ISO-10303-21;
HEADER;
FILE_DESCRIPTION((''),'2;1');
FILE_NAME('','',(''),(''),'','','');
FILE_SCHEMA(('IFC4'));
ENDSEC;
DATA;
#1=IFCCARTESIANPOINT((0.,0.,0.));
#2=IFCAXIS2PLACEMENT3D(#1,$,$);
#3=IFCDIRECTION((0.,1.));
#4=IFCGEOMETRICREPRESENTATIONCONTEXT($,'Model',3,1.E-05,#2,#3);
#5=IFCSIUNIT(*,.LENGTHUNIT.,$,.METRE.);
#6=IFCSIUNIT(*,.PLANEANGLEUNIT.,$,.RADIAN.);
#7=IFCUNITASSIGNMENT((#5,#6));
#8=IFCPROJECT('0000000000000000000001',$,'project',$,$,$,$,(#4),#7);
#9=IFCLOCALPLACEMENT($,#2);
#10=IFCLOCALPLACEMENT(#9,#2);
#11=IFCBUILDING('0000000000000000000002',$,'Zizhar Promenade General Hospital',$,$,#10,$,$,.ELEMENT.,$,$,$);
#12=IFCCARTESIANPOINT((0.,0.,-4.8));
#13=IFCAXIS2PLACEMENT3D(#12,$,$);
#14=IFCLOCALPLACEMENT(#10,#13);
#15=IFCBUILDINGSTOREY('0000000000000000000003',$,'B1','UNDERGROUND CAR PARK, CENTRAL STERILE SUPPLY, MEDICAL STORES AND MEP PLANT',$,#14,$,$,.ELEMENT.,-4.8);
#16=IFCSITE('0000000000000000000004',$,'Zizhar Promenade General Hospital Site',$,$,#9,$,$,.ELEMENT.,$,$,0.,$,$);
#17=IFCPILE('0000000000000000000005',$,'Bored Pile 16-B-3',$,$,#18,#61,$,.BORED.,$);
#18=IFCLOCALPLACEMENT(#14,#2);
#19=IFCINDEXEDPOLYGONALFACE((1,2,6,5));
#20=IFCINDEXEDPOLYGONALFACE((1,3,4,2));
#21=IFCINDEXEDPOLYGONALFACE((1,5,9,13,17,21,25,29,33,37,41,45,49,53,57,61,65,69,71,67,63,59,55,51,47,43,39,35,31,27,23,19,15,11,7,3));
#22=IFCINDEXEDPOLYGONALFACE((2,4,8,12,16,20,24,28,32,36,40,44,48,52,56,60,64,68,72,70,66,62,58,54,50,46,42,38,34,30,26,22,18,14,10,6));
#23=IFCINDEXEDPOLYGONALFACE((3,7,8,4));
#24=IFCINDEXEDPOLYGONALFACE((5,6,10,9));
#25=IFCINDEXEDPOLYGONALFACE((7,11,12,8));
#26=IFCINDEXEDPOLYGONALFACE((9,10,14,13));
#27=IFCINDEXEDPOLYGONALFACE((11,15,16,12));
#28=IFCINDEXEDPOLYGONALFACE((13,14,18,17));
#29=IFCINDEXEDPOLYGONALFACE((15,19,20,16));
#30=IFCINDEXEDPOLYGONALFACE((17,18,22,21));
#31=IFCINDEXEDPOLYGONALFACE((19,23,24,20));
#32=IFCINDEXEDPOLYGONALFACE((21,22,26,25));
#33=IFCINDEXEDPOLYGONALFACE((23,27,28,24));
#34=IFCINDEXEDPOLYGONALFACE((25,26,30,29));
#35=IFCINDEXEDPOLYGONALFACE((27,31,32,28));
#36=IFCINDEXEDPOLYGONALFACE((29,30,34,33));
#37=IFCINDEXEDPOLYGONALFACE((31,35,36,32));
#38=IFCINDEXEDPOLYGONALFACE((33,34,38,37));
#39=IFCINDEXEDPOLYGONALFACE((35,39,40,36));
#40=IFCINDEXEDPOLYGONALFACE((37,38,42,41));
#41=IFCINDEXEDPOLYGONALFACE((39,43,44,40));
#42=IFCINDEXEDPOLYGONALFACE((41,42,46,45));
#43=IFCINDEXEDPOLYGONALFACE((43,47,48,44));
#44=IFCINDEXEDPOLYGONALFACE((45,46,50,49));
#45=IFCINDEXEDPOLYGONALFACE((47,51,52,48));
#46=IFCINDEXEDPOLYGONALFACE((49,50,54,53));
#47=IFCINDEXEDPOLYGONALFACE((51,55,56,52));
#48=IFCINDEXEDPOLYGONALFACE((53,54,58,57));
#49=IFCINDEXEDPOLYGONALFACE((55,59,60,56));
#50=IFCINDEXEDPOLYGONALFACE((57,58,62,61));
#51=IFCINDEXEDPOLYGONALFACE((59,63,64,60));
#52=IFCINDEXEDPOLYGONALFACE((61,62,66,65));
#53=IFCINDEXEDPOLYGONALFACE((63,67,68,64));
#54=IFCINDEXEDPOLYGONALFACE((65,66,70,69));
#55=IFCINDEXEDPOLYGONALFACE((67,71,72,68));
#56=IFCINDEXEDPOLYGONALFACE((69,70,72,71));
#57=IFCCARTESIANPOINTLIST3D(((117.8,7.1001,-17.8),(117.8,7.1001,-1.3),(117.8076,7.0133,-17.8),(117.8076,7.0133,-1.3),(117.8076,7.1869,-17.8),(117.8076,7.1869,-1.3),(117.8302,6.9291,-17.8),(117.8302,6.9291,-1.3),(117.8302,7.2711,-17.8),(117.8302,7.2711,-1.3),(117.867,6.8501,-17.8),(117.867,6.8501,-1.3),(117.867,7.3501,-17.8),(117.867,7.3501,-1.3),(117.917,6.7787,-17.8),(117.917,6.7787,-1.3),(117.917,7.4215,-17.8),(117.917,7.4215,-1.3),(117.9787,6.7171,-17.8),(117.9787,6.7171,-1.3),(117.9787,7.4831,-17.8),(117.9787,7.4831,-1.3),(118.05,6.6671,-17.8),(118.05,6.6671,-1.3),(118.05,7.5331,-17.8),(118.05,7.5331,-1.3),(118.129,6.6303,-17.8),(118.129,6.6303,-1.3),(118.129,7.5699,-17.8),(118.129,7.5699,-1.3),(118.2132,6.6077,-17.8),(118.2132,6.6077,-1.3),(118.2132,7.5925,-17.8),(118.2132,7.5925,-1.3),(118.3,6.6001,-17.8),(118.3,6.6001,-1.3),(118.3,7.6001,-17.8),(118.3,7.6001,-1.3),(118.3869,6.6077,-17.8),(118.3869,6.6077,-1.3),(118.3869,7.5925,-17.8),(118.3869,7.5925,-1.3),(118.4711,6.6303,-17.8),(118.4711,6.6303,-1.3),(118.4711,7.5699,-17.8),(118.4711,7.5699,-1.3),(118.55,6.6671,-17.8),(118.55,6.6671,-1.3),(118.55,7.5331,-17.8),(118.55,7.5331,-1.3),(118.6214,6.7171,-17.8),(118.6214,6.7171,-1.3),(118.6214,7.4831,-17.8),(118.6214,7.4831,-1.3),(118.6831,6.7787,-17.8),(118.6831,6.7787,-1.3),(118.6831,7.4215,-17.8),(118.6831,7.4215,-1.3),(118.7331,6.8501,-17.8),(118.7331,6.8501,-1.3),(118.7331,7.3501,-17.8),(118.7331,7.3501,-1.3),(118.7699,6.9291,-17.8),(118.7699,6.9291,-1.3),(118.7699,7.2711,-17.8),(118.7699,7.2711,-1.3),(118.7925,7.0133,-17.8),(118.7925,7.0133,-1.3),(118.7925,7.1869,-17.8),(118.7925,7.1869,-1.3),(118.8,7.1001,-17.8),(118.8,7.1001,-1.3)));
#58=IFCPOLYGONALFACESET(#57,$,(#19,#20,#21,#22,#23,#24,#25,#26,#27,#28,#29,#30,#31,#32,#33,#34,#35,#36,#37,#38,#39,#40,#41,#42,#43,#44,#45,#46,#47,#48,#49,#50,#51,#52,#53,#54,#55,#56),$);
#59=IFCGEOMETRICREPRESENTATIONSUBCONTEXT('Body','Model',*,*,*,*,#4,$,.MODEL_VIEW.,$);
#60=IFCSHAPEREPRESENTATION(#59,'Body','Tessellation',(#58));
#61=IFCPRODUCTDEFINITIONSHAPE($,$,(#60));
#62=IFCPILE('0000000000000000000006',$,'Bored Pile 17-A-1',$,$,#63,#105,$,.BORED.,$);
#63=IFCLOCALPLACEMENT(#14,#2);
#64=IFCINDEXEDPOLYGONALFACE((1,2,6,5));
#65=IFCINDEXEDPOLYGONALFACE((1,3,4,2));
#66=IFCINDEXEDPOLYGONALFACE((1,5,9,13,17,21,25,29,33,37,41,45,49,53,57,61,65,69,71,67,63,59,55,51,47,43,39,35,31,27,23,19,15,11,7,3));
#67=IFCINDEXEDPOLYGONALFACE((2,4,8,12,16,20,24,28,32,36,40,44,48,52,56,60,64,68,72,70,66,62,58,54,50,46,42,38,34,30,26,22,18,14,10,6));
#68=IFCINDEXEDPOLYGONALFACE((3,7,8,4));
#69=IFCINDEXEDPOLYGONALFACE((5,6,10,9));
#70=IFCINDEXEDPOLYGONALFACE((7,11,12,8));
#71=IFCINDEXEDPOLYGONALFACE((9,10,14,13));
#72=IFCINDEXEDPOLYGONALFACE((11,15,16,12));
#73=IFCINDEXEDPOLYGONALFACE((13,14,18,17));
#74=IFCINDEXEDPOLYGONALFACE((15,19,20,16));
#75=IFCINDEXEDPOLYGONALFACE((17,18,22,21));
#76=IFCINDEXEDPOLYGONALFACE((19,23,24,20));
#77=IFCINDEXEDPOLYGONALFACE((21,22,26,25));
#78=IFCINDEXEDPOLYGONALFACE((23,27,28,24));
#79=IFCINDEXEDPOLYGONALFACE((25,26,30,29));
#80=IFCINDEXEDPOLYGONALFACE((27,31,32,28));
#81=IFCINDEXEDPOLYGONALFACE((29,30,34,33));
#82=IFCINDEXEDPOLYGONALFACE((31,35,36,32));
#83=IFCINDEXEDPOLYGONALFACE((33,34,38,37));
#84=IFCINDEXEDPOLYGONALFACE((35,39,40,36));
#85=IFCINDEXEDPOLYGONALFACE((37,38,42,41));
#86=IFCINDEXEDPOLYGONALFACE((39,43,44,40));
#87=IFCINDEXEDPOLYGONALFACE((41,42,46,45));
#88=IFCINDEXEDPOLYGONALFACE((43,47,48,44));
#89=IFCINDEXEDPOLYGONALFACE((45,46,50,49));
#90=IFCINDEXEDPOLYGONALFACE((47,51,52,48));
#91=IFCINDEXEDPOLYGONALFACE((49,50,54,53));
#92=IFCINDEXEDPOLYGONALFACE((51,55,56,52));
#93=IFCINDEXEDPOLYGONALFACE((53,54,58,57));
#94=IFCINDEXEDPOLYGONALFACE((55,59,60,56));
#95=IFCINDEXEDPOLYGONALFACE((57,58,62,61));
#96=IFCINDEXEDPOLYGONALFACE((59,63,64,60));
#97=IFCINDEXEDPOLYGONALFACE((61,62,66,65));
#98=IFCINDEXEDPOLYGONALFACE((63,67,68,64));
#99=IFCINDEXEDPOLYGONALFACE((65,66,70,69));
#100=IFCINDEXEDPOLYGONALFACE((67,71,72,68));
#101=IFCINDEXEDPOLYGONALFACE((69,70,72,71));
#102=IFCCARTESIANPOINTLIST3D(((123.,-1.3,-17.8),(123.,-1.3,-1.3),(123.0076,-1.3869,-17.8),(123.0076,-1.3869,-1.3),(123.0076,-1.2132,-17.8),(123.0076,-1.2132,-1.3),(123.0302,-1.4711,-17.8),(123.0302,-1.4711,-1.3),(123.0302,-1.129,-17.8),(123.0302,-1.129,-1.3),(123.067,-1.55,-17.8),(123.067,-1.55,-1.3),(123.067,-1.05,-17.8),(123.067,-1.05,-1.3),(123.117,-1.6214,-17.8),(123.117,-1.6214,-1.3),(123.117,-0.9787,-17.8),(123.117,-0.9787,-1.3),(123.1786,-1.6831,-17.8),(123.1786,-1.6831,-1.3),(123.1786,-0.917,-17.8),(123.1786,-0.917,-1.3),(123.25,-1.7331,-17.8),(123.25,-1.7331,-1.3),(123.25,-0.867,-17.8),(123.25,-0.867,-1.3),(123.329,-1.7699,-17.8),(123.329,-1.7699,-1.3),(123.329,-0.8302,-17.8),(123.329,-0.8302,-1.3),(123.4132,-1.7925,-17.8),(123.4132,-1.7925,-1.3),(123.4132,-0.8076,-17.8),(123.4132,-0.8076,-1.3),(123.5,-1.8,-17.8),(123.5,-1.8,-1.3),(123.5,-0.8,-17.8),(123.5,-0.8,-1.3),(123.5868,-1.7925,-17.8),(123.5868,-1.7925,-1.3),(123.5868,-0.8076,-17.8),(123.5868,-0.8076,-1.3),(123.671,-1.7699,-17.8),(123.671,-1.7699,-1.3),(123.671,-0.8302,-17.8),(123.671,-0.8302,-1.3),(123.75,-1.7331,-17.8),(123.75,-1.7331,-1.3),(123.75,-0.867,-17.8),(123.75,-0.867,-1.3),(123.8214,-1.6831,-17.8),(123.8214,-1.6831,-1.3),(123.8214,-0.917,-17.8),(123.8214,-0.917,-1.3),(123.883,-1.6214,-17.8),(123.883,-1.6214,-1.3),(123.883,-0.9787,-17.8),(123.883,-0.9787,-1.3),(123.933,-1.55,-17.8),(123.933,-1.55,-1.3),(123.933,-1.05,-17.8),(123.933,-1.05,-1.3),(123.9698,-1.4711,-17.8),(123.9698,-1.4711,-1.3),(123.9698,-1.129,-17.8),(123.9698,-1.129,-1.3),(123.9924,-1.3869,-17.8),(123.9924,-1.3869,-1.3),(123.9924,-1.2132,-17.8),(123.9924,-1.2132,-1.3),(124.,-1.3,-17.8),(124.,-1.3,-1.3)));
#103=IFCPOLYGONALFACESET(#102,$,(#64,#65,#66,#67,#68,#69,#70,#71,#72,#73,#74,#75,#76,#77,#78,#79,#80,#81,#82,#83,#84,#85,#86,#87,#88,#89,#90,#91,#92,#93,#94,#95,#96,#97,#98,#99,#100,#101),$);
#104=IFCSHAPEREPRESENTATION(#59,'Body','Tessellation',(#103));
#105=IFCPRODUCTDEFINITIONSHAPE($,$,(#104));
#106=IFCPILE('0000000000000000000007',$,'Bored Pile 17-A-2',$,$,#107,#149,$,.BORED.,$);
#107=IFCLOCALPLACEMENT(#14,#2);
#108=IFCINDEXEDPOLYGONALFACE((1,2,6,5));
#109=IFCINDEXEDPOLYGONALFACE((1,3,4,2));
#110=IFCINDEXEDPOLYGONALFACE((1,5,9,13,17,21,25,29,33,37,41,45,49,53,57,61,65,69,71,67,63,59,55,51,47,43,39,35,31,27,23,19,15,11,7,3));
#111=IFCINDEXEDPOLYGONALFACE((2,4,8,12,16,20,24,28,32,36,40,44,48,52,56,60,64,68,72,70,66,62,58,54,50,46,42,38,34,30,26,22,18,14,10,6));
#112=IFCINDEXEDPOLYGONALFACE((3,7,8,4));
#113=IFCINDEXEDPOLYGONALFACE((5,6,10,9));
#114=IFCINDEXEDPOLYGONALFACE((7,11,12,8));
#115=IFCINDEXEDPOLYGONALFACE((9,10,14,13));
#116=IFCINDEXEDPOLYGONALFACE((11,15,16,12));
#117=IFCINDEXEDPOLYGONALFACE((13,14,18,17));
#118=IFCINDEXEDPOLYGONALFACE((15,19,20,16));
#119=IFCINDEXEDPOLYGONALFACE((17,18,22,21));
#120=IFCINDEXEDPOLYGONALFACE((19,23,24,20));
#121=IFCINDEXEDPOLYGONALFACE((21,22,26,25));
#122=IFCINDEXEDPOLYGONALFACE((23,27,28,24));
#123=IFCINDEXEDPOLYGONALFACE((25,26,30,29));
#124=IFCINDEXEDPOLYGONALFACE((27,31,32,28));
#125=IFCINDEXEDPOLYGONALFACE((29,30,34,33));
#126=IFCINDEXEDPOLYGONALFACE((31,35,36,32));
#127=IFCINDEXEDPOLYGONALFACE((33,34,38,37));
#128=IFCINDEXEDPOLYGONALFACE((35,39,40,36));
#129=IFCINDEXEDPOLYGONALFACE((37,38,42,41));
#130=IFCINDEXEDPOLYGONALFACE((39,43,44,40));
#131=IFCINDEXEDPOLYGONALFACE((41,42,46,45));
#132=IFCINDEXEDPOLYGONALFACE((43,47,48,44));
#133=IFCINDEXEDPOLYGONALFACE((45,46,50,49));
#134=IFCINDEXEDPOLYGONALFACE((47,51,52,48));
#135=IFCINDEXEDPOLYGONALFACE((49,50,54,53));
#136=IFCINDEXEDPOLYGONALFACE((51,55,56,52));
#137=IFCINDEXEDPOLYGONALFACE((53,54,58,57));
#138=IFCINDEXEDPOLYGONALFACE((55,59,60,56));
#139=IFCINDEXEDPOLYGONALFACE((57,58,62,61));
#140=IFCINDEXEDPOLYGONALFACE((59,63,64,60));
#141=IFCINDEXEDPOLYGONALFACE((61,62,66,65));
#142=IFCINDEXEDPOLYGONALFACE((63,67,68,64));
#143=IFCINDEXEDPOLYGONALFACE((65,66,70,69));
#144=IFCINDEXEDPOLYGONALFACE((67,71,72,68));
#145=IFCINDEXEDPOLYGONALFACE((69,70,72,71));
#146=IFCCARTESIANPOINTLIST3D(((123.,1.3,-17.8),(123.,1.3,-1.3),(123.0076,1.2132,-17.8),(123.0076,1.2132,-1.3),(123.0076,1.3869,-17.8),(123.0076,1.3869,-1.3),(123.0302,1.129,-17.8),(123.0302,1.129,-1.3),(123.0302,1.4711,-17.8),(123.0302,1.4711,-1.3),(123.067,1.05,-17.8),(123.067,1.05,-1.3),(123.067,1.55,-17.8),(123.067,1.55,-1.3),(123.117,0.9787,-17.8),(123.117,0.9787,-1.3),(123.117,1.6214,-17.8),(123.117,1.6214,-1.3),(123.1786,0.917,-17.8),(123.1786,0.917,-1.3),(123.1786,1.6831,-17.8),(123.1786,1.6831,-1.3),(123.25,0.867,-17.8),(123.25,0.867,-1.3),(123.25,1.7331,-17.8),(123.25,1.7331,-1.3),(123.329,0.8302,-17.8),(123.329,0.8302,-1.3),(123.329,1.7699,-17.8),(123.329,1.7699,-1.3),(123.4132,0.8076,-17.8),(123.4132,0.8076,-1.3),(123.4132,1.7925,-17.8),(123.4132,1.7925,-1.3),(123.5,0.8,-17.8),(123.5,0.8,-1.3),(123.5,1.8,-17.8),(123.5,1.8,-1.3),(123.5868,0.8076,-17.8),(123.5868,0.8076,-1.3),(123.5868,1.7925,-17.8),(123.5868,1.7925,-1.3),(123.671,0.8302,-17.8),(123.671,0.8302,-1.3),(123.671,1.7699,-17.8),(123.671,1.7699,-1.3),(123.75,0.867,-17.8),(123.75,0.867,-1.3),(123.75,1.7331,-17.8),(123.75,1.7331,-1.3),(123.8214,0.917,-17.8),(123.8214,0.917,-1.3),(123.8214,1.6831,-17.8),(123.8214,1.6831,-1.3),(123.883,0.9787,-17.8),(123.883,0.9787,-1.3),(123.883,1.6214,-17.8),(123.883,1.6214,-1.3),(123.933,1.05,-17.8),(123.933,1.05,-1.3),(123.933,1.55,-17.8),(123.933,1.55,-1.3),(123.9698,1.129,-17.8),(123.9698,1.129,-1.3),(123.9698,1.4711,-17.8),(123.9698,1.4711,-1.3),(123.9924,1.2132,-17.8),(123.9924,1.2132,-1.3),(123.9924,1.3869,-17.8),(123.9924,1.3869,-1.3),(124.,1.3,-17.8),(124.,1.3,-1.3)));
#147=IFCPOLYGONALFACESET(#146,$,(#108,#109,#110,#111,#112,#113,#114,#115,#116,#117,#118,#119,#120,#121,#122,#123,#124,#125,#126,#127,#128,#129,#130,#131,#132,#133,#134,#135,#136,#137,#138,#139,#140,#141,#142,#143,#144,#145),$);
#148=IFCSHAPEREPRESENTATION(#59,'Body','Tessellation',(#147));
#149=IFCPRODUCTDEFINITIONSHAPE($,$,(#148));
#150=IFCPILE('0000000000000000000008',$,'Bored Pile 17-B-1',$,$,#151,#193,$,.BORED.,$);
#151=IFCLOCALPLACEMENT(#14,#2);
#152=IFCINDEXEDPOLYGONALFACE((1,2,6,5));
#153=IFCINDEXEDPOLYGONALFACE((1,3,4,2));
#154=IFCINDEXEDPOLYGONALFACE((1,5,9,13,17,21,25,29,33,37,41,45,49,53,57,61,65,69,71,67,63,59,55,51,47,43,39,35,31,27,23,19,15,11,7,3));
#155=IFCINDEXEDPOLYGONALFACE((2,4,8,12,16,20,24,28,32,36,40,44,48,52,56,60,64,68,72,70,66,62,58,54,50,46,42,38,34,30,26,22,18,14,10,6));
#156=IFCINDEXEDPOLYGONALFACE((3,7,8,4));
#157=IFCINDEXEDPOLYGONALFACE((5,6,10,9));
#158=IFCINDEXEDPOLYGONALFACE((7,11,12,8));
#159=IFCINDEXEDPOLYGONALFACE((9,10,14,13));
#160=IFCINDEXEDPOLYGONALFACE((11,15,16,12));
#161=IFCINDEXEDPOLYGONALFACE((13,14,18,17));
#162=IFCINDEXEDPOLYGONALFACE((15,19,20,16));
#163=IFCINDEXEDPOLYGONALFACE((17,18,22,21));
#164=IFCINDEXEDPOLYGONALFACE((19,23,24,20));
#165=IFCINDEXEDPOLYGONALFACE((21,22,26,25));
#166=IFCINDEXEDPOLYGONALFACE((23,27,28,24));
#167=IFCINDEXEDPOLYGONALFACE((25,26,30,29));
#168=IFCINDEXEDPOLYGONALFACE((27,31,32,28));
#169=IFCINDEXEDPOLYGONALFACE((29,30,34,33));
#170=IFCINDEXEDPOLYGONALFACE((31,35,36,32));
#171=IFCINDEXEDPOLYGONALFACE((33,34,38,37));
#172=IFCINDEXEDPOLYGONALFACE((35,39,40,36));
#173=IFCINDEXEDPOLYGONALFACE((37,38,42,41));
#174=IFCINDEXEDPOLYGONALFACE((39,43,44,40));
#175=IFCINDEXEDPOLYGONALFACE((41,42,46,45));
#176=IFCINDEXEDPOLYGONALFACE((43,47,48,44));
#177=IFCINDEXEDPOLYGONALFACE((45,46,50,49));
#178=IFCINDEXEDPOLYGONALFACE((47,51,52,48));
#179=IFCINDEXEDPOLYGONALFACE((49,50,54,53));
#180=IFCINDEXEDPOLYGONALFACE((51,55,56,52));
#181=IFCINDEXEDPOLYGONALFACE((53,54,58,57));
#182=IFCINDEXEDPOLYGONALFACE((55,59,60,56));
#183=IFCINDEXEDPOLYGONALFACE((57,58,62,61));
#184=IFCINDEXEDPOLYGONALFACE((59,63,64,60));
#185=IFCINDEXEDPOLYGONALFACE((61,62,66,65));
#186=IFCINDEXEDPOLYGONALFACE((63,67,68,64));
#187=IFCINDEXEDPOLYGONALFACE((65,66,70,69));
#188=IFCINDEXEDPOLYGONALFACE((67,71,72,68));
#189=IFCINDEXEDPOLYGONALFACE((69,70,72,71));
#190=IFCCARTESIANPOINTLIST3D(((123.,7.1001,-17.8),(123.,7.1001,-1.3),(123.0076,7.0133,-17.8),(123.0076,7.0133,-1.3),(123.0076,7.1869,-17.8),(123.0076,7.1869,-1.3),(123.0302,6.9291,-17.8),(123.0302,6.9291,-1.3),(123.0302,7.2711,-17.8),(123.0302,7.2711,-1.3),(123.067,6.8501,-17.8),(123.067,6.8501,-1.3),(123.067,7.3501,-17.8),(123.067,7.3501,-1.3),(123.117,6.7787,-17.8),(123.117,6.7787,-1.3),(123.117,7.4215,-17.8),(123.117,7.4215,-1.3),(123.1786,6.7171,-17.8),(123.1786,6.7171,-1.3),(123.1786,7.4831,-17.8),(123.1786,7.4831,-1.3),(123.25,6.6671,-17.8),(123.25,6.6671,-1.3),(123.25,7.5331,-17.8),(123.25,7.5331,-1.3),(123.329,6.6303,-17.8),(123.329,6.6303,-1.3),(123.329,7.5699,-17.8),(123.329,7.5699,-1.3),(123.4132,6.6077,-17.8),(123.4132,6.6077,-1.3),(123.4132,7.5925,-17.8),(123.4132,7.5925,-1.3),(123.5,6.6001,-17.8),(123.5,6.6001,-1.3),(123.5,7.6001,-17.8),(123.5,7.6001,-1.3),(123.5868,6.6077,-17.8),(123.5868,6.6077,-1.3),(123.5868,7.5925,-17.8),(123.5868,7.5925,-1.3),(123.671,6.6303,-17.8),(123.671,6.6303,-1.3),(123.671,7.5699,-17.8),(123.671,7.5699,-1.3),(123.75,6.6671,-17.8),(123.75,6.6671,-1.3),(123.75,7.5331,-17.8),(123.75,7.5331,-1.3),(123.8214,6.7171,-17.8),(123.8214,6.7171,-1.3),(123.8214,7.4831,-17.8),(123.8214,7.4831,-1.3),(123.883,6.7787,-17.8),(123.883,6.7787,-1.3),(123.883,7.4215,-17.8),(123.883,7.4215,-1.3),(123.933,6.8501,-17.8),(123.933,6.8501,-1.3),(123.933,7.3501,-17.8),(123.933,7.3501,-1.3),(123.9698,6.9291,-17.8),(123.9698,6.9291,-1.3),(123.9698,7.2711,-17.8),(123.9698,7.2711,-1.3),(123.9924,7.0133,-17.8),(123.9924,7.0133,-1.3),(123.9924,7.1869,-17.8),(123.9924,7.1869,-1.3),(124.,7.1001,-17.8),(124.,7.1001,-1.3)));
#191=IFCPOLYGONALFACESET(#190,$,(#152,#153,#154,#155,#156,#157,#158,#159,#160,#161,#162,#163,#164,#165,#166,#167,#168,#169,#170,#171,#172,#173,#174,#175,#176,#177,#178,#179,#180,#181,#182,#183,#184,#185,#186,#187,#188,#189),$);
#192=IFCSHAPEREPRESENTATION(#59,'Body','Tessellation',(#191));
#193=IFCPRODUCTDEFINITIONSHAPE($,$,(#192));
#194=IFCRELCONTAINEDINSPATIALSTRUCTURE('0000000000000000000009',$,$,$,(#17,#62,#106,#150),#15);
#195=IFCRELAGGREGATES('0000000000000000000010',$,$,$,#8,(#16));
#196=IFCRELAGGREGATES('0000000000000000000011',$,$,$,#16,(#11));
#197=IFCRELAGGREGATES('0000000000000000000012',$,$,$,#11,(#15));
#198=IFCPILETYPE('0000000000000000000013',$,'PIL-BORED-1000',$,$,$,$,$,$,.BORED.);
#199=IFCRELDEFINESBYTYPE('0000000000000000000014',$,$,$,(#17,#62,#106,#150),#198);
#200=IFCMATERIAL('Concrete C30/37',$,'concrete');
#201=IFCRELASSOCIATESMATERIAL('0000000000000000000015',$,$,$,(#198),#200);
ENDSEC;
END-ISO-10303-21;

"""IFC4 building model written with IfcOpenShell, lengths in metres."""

from ifc_helpers import new_model, si_unit, direction, frame, origin, origin_2d, place, context, subcontext, project, spatial, circle, extrude, material, material_profile, profile_set, type_object, element, save


model = new_model("IFC4")

# Units and contexts
model_context = context("Model", 3, precision=1e-05, world=origin(), true_north=direction((0.0, 1.0)))
body_context = subcontext(model_context, "Body", "Model", "MODEL_VIEW")
ifc_project = project(units=[si_unit("LENGTHUNIT", "METRE"), si_unit("PLANEANGLEUNIT", "RADIAN")], contexts=[model_context])

# Site, building, storey
site_placement = place(None, origin())
site = spatial("IfcSite", under=ifc_project, at=site_placement, Name="Zizhar Promenade General Hospital Site", CompositionType="ELEMENT", RefElevation=0.0)
building_placement = place(site_placement, origin())
building = spatial("IfcBuilding", under=site, at=building_placement, Name="Zizhar Promenade General Hospital", CompositionType="ELEMENT")
storey_placement = place(building_placement, frame((0.0, 0.0, -4.8)))
storey = spatial("IfcBuildingStorey", under=building, at=storey_placement, Name="B1", Description="UNDERGROUND CAR PARK, CENTRAL STERILE SUPPLY, MEDICAL STORES AND MEP PLANT", CompositionType="ELEMENT", Elevation=-4.8)

# Piles
ifc_material_1 = material(Name="Concrete C30/37", Category="concrete")
ifc_material_profile_1 = material_profile(ifc_material_1, circle(Radius=0.5, at=origin_2d()))
ifc_profile_set_1 = profile_set([ifc_material_profile_1], Name="Concrete C30/37")
pile_type = type_object("IfcPileType", Name="PIL-BORED-1000", PredefinedType="BORED", material=ifc_profile_set_1)
for number, where, z_axis, x_axis, name in (
    (1, (118.3, 7.1001, -1.3), (0.0, 0.0, -1.0), (1.0, 0.0, 0.0), "Bored Pile 16-B-3"),
    (2, (123.5, -1.3, -1.3), (0.0, 0.0, -1.0), (1.0, 0.0, 0.0), "Bored Pile 17-A-1"),
    (3, (123.5, 1.3, -1.3), (0.0, 0.0, -1.0), (1.0, 0.0, 0.0), "Bored Pile 17-A-2"),
    (4, (123.5, 7.1001, -1.3), (0.0, 0.0, -1.0), (1.0, 0.0, 0.0), "Bored Pile 17-B-1"),
):
    element("IfcPile", number, at=place(storey_placement, frame(where, z_axis=z_axis, x_axis=x_axis)), inside=storey, type_object=pile_type, Name=name, PredefinedType="BORED", context=body_context, shape_type="SweptSolid", body=[
        extrude(circle(Radius=0.5, at=origin_2d()), origin(), (0.0, 0.0, 1.0), 16.5),
    ])

save(model, "model.ifc")
